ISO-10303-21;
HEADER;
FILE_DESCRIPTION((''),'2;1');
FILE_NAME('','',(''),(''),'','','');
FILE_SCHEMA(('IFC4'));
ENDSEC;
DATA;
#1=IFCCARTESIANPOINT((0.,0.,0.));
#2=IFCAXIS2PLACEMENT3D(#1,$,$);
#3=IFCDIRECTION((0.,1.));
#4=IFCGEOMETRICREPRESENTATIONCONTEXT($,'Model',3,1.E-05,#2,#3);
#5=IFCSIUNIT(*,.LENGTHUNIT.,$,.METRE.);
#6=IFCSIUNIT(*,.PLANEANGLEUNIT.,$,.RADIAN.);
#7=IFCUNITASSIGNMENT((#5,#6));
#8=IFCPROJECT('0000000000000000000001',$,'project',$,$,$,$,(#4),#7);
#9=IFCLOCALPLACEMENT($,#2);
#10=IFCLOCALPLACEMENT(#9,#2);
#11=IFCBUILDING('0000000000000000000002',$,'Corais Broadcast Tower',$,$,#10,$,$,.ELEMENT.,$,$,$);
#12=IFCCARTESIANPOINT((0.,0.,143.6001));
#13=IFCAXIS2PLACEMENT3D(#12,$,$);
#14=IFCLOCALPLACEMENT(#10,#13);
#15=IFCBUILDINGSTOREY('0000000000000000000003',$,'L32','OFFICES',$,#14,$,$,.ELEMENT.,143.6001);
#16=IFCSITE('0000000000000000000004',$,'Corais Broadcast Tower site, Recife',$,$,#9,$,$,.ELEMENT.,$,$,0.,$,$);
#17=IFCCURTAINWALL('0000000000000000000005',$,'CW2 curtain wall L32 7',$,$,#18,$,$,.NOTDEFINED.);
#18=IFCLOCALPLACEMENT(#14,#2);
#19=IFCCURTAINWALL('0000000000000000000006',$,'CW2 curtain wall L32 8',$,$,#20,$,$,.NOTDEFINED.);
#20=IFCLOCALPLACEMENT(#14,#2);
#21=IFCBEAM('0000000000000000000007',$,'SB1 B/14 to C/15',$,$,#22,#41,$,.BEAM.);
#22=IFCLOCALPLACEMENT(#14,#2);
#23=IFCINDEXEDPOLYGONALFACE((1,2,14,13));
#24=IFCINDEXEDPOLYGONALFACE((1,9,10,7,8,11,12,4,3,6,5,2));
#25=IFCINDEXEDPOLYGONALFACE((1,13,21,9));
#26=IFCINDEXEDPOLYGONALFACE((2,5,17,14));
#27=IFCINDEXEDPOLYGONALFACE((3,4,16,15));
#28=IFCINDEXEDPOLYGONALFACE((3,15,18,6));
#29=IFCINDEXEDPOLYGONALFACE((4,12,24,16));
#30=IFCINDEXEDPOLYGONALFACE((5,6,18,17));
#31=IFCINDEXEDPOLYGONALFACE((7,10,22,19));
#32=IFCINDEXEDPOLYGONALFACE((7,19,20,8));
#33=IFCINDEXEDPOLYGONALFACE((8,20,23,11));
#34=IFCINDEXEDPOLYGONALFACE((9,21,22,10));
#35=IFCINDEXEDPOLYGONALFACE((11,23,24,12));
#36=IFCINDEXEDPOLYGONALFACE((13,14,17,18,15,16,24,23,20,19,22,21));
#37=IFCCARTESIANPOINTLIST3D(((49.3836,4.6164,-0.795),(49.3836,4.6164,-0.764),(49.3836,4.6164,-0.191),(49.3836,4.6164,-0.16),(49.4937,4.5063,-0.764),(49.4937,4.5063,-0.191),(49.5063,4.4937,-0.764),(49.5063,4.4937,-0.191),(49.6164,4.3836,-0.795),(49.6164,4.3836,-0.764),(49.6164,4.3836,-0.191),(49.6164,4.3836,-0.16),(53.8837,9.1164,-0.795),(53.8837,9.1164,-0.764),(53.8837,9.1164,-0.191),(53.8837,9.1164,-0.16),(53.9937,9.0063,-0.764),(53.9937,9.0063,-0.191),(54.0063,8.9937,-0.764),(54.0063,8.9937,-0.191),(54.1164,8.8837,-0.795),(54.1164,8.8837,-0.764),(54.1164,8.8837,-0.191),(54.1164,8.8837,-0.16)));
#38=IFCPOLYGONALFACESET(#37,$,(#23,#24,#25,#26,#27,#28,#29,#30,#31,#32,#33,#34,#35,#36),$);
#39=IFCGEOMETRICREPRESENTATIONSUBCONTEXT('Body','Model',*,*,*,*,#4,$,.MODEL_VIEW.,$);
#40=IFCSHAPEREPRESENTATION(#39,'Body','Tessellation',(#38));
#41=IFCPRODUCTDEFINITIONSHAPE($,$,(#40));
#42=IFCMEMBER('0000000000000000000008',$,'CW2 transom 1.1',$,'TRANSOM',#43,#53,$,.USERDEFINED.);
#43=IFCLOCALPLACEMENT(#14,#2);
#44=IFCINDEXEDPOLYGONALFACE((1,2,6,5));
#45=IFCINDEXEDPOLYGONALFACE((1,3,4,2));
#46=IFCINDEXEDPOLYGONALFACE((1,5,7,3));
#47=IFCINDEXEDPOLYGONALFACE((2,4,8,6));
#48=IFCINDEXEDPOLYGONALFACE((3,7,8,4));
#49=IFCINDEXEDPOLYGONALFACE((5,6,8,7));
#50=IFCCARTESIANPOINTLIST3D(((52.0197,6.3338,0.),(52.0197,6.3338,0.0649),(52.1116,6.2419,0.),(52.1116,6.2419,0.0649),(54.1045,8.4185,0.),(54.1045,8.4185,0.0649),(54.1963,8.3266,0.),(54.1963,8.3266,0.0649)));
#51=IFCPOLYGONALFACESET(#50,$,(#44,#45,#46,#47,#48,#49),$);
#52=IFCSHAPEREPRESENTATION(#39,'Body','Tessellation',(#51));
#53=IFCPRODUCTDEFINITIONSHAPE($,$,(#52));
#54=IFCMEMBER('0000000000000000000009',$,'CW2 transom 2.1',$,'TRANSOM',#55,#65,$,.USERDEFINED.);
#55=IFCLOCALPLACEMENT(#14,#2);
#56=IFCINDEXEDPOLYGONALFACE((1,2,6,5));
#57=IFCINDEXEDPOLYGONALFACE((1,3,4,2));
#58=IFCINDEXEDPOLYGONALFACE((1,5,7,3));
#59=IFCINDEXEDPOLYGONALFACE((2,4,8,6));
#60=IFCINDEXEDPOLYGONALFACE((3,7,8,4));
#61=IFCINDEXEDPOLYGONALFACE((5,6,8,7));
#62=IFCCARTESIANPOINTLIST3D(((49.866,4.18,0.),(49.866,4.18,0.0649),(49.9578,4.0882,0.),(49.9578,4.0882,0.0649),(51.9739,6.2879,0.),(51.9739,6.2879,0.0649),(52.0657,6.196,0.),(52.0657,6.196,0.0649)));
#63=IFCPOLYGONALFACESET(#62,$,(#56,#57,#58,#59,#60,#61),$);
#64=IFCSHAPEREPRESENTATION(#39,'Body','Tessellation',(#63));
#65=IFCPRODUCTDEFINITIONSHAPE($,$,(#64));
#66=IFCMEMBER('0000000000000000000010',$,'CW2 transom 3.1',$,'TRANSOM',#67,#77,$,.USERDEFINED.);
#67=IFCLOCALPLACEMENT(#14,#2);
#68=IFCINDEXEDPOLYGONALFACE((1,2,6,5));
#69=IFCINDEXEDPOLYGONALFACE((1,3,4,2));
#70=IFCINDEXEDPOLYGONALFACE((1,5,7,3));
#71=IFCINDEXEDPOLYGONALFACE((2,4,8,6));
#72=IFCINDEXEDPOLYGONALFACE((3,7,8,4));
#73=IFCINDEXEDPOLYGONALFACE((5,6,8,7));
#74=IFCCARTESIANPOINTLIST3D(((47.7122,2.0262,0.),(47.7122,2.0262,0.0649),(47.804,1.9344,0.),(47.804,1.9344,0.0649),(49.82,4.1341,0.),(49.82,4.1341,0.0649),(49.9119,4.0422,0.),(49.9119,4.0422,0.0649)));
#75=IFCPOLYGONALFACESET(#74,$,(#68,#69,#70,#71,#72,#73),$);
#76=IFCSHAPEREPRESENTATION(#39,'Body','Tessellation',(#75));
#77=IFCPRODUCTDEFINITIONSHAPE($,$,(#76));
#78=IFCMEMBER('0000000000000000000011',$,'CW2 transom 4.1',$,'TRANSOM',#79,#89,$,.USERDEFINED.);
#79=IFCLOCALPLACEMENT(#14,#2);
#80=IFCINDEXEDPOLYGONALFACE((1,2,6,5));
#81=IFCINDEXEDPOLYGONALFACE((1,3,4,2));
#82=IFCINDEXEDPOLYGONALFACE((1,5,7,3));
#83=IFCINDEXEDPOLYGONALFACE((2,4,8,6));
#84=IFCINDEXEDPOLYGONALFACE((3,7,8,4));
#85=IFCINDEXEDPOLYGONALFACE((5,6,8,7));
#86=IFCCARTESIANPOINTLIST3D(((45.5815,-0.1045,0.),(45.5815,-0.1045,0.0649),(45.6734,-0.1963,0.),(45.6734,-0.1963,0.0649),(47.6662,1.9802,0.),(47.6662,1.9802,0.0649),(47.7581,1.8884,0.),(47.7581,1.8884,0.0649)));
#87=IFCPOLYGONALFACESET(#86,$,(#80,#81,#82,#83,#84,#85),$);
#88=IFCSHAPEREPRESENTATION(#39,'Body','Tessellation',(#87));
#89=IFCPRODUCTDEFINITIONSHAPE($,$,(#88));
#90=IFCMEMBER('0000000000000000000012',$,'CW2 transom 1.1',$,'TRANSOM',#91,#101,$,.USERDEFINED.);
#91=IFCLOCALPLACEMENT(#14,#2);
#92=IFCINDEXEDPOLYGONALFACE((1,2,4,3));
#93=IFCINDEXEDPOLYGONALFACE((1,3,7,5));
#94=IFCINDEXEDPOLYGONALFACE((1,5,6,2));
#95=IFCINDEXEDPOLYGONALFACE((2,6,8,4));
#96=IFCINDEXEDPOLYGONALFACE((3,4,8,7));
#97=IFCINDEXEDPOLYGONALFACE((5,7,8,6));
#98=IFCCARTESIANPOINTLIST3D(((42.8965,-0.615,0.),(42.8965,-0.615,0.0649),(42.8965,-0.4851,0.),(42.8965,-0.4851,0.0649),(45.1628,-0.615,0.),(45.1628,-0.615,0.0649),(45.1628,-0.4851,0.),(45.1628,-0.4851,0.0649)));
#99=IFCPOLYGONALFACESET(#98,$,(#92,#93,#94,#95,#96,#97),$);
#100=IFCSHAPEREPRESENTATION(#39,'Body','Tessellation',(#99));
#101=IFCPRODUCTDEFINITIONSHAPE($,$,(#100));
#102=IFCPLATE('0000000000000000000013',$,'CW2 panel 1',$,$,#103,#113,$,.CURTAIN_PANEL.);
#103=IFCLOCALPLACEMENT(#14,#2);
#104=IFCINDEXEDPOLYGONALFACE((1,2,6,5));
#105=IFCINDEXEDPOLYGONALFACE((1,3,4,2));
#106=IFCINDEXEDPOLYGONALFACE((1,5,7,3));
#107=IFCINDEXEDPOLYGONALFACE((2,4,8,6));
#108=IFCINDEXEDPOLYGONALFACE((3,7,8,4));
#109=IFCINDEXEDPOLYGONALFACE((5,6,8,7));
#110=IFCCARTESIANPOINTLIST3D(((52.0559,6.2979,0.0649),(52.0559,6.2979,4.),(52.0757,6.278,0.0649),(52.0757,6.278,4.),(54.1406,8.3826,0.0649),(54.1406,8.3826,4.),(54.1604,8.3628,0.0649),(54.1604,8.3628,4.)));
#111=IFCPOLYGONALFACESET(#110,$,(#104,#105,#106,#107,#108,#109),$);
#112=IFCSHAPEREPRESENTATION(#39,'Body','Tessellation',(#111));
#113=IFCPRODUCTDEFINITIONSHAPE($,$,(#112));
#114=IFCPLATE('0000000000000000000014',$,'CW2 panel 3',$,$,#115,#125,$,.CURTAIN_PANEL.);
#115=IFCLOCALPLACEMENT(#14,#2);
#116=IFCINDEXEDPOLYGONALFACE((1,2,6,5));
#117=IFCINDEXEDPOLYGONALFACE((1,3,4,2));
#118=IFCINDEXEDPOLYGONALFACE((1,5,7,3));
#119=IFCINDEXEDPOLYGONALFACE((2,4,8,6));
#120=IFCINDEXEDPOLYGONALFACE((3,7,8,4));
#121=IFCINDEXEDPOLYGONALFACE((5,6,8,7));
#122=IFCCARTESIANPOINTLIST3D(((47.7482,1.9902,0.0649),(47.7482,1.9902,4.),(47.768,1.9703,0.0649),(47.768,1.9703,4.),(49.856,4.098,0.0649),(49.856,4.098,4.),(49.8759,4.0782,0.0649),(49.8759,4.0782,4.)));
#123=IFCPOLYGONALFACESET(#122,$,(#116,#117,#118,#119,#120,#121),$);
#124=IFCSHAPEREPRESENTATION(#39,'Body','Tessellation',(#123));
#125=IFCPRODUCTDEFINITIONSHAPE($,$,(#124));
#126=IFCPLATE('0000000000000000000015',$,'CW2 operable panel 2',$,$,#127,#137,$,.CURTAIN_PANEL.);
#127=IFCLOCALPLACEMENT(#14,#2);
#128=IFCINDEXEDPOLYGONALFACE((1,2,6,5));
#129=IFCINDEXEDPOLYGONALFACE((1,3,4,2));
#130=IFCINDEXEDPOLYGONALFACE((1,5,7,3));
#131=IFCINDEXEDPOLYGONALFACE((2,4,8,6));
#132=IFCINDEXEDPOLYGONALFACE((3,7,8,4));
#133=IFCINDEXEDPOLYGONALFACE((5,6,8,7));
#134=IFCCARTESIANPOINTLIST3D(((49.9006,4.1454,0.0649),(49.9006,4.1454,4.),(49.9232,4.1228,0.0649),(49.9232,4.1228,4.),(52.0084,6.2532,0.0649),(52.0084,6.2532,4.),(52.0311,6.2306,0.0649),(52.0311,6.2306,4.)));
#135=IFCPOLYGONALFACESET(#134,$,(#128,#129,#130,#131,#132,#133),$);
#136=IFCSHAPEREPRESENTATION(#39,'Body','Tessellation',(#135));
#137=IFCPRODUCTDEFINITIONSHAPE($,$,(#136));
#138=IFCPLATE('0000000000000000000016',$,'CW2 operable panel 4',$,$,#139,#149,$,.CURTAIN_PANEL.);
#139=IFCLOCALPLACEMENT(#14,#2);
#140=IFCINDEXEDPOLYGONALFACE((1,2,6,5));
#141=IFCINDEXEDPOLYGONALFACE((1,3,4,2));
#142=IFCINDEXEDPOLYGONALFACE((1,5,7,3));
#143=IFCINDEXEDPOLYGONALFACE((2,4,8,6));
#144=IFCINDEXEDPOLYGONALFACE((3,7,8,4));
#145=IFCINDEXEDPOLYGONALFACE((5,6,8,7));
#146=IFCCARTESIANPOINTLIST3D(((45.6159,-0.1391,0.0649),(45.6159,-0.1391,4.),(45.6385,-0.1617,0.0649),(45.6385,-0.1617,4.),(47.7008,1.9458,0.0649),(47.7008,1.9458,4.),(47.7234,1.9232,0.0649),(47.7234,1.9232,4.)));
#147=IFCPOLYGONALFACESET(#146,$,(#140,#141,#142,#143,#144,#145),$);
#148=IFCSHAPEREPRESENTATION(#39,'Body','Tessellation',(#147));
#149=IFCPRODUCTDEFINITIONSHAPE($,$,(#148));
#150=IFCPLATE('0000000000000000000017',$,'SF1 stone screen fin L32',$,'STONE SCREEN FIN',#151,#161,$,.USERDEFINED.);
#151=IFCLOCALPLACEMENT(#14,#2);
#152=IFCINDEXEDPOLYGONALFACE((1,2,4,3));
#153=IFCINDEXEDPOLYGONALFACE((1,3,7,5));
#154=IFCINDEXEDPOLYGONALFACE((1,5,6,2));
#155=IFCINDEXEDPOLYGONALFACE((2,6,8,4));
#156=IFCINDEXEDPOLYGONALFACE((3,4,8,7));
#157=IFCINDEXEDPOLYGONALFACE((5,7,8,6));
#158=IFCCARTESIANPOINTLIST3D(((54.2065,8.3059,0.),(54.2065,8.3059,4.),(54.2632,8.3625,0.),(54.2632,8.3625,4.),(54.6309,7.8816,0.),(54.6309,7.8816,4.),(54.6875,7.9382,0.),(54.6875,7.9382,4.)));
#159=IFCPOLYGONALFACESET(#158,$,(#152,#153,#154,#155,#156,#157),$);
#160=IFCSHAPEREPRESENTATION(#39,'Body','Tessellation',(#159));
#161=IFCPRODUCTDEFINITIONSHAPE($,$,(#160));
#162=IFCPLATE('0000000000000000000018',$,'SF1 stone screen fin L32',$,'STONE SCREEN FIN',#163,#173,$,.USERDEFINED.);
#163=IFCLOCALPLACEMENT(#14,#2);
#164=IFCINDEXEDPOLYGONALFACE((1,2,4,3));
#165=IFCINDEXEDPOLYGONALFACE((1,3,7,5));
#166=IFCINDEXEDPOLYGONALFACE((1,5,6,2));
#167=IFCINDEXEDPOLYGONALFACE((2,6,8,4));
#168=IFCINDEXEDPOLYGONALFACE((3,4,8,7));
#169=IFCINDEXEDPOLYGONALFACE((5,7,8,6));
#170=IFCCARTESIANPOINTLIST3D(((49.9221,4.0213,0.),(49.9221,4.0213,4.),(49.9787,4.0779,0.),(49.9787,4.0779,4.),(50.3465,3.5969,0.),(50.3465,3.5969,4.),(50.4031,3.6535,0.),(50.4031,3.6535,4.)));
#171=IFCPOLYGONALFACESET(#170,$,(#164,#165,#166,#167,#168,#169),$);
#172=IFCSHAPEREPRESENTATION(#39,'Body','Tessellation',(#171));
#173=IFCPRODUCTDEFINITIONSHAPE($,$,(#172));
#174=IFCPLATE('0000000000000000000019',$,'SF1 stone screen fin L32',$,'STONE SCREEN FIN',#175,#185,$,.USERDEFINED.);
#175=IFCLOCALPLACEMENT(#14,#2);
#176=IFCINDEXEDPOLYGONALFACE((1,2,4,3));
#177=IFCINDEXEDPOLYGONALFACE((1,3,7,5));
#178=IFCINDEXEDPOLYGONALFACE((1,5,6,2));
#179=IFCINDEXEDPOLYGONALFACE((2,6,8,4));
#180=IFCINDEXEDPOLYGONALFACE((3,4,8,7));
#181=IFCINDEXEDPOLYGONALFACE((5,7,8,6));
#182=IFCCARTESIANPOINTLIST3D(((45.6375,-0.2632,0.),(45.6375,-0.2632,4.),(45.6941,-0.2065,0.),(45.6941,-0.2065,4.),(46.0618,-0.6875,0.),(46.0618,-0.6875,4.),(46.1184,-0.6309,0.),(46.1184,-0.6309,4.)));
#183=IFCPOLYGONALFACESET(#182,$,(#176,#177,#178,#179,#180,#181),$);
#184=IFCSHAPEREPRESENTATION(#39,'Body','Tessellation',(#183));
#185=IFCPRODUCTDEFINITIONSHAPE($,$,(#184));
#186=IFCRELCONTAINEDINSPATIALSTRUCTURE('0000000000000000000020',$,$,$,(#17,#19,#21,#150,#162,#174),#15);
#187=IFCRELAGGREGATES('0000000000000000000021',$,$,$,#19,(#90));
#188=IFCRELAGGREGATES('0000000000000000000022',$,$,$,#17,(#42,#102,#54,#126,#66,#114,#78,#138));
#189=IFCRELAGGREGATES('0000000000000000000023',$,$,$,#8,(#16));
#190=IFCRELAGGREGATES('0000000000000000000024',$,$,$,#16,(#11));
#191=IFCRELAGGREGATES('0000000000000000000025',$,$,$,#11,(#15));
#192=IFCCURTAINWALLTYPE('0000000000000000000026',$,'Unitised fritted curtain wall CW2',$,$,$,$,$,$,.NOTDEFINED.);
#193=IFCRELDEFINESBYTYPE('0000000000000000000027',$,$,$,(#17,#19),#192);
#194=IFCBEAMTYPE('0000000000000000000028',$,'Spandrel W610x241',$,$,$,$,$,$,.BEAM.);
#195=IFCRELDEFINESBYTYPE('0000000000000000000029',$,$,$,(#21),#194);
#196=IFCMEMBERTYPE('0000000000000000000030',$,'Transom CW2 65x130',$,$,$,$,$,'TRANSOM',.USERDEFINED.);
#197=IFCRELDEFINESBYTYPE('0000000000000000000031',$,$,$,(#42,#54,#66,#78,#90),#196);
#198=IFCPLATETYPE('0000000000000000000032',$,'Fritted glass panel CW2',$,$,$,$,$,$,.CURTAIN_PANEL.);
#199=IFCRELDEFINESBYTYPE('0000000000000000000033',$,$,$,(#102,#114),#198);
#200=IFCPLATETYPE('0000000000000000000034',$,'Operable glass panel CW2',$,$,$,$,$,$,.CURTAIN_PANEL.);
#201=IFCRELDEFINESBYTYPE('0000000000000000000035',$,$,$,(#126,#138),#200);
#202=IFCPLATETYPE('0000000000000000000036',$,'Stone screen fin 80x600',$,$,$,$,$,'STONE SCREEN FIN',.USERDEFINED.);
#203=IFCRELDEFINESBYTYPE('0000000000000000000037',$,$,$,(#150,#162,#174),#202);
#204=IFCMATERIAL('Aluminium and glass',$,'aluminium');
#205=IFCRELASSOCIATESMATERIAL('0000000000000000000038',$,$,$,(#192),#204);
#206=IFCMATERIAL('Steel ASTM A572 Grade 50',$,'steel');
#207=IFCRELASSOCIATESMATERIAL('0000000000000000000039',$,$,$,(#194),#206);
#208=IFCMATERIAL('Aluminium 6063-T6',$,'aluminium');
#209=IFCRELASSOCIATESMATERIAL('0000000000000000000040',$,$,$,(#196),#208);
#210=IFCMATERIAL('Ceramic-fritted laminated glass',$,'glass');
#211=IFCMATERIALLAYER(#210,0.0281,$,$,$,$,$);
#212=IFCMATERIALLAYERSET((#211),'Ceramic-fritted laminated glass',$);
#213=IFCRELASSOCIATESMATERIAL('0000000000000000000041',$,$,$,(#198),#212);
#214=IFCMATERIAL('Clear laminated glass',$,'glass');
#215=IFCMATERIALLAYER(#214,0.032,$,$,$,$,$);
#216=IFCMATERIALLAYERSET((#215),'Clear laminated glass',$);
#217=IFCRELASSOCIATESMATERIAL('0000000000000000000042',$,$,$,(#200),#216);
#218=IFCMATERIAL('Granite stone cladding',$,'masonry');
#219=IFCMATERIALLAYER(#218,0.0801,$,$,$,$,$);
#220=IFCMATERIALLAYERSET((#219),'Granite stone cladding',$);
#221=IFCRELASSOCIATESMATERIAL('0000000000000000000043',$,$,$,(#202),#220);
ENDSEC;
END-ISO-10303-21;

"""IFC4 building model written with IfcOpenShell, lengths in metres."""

from ifc_helpers import new_model, si_unit, direction, frame, origin, origin_2d, place, context, subcontext, project, spatial, rectangle, i_section, extrude, material, layer, layer_set, material_profile, profile_set, type_object, element, aggregate, save


model = new_model("IFC4")

# Units and contexts
model_context = context("Model", 3, precision=1e-05, world=origin(), true_north=direction((0.0, 1.0)))
body_context = subcontext(model_context, "Body", "Model", "MODEL_VIEW")
ifc_project = project(units=[si_unit("LENGTHUNIT", "METRE"), si_unit("PLANEANGLEUNIT", "RADIAN")], contexts=[model_context])

# Site, building, storey
site_placement = place(None, origin())
site = spatial("IfcSite", under=ifc_project, at=site_placement, Name="Corais Broadcast Tower site, Recife", CompositionType="ELEMENT", RefElevation=0.0)
building_placement = place(site_placement, origin())
building = spatial("IfcBuilding", under=site, at=building_placement, Name="Corais Broadcast Tower", CompositionType="ELEMENT")
storey_placement = place(building_placement, frame((0.0, 0.0, 143.6001)))
storey = spatial("IfcBuildingStorey", under=building, at=storey_placement, Name="L32", Description="OFFICES", CompositionType="ELEMENT", Elevation=143.6001)

# Shared definitions
ifc_material_1 = material(Name="Aluminium and glass", Category="aluminium")
curtain_wall_type = type_object("IfcCurtainWallType", Name="Unitised fritted curtain wall CW2", PredefinedType="NOTDEFINED", material=ifc_material_1)

# Curtain wall
curtain_wall_1_placement = place(storey_placement, origin())
curtain_wall_1 = element("IfcCurtainWall", 1, at=curtain_wall_1_placement, inside=storey, type_object=curtain_wall_type, Name="CW2 curtain wall L32 7", PredefinedType="NOTDEFINED")

# Curtain wall
curtain_wall_2_placement = place(storey_placement, origin())
curtain_wall_2 = element("IfcCurtainWall", 2, at=curtain_wall_2_placement, inside=storey, type_object=curtain_wall_type, Name="CW2 curtain wall L32 8", PredefinedType="NOTDEFINED")

# Beam
ifc_material_2 = material(Name="Steel ASTM A572 Grade 50", Category="steel")
ifc_material_profile_1 = material_profile(ifc_material_2, i_section(OverallWidth=0.3291, OverallDepth=0.635, WebThickness=0.0178, FlangeThickness=0.031, at=origin_2d()), Name="W610x241")
ifc_profile_set_1 = profile_set([ifc_material_profile_1], Name="Steel ASTM A572 Grade 50")
beam_type_1 = type_object("IfcBeamType", Name="Spandrel W610x241", PredefinedType="BEAM", material=ifc_profile_set_1)
for number, where, z_axis, x_axis, name in (
    (3, (49.5, 4.5, -0.4775), (0.707107, 0.707107, 0.0), (-0.707107, 0.707107, 0.0), "SB1 B/14 to C/15"),
):
    element("IfcBeam", number, at=place(storey_placement, frame(where, z_axis=z_axis, x_axis=x_axis)), inside=storey, type_object=beam_type_1, Name=name, PredefinedType="BEAM", context=body_context, shape_type="SweptSolid", body=[
        extrude(i_section(OverallWidth=0.3291, OverallDepth=0.635, WebThickness=0.0178, FlangeThickness=0.031, at=origin_2d()), origin(), (0.0, 0.0, 1.0), 6.364),
    ])

# Members
ifc_material_3 = material(Name="Aluminium 6063-T6", Category="aluminium")
ifc_material_profile_2 = material_profile(ifc_material_3, rectangle(XDim=0.1299, YDim=0.0649, at=origin_2d()), Name="Transom CW2 65x130")
ifc_profile_set_2 = profile_set([ifc_material_profile_2], Name="Aluminium 6063-T6")
member_type_1 = type_object("IfcMemberType", Name="Transom CW2 65x130", ElementType="TRANSOM", PredefinedType="USERDEFINED", material=ifc_profile_set_2)
member_1_placement = place(storey_placement, frame((54.1504, 8.3726, 0.0325), z_axis=(-0.707107, -0.707107, 0.0), x_axis=(0.707107, -0.707107, 0.0)))
member_1 = element("IfcMember", 4, at=member_1_placement, type_object=member_type_1, Name="CW2 transom 1.1", ObjectType="TRANSOM", PredefinedType="USERDEFINED", context=body_context, shape_type="SweptSolid", body=[
    extrude(rectangle(XDim=0.1299, YDim=0.0649, at=origin_2d()), origin(), (0.0, 0.0, 1.0), 2.9482),
])
member_2_placement = place(storey_placement, frame((52.0198, 6.2419, 0.0325), z_axis=(-0.707107, -0.707107, 0.0), x_axis=(0.707107, -0.707107, 0.0)))
member_2 = element("IfcMember", 5, at=member_2_placement, type_object=member_type_1, Name="CW2 transom 2.1", ObjectType="TRANSOM", PredefinedType="USERDEFINED", context=body_context, shape_type="SweptSolid", body=[
    extrude(rectangle(XDim=0.1299, YDim=0.0649, at=origin_2d()), origin(), (0.0, 0.0, 1.0), 2.981),
])
member_3_placement = place(storey_placement, frame((49.866, 4.0881, 0.0325), z_axis=(-0.707107, -0.707107, 0.0), x_axis=(0.707107, -0.707107, 0.0)))
member_3 = element("IfcMember", 6, at=member_3_placement, type_object=member_type_1, Name="CW2 transom 3.1", ObjectType="TRANSOM", PredefinedType="USERDEFINED", context=body_context, shape_type="SweptSolid", body=[
    extrude(rectangle(XDim=0.1299, YDim=0.0649, at=origin_2d()), origin(), (0.0, 0.0, 1.0), 2.981),
])
member_4_placement = place(storey_placement, frame((47.7122, 1.9343, 0.0325), z_axis=(-0.707107, -0.707107, 0.0), x_axis=(0.707107, -0.707107, 0.0)))
member_4 = element("IfcMember", 7, at=member_4_placement, type_object=member_type_1, Name="CW2 transom 4.1", ObjectType="TRANSOM", PredefinedType="USERDEFINED", context=body_context, shape_type="SweptSolid", body=[
    extrude(rectangle(XDim=0.1299, YDim=0.0649, at=origin_2d()), origin(), (0.0, 0.0, 1.0), 2.9482),
])
member_5_placement = place(storey_placement, frame((45.1628, -0.55, 0.0325), z_axis=(-1.0, 0.0, 0.0), x_axis=(0.0, -1.0, 0.0)))
member_5 = element("IfcMember", 8, at=member_5_placement, type_object=member_type_1, Name="CW2 transom 1.1", ObjectType="TRANSOM", PredefinedType="USERDEFINED", context=body_context, shape_type="SweptSolid", body=[
    extrude(rectangle(XDim=0.1299, YDim=0.0649, at=origin_2d()), origin(), (0.0, 0.0, 1.0), 2.2664),
])
aggregate(curtain_wall_2, [member_5])

# Plates
ifc_material_4 = material(Name="Ceramic-fritted laminated glass", Category="glass")
ifc_layer_1 = layer(ifc_material_4, 0.0281)
ifc_layer_set_1 = layer_set([ifc_layer_1], Name="Ceramic-fritted laminated glass")
plate_type_1 = type_object("IfcPlateType", Name="Fritted glass panel CW2", PredefinedType="CURTAIN_PANEL", material=ifc_layer_set_1)
plate_1_placement = place(storey_placement, frame((53.1082, 7.3303, 0.0649), z_axis=(0.0, 0.0, 1.0), x_axis=(-0.707107, -0.707107, 0.0)))
plate_1 = element("IfcPlate", 9, at=plate_1_placement, type_object=plate_type_1, Name="CW2 panel 1", PredefinedType="CURTAIN_PANEL", context=body_context, shape_type="SweptSolid", body=[
    extrude(rectangle(XDim=2.9482, YDim=0.0281, at=origin_2d()), origin(), (0.0, 0.0, 1.0), 3.9351),
])
plate_2_placement = place(storey_placement, frame((48.812, 3.0342, 0.0649), z_axis=(0.0, 0.0, 1.0), x_axis=(-0.707107, -0.707107, 0.0)))
plate_2 = element("IfcPlate", 10, at=plate_2_placement, type_object=plate_type_1, Name="CW2 panel 3", PredefinedType="CURTAIN_PANEL", context=body_context, shape_type="SweptSolid", body=[
    extrude(rectangle(XDim=2.981, YDim=0.0281, at=origin_2d()), origin(), (0.0, 0.0, 1.0), 3.9351),
])
ifc_material_5 = material(Name="Clear laminated glass", Category="glass")
ifc_layer_2 = layer(ifc_material_5, 0.032)
ifc_layer_set_2 = layer_set([ifc_layer_2], Name="Clear laminated glass")
plate_type_2 = type_object("IfcPlateType", Name="Operable glass panel CW2", PredefinedType="CURTAIN_PANEL", material=ifc_layer_set_2)
plate_3_placement = place(storey_placement, frame((50.9658, 5.188, 0.0649), z_axis=(0.0, 0.0, 1.0), x_axis=(-0.707107, -0.707107, 0.0)))
plate_3 = element("IfcPlate", 11, at=plate_3_placement, type_object=plate_type_2, Name="CW2 operable panel 2", PredefinedType="CURTAIN_PANEL", context=body_context, shape_type="SweptSolid", body=[
    extrude(rectangle(XDim=2.981, YDim=0.032, at=origin_2d()), origin(), (0.0, 0.0, 1.0), 3.9351),
])
plate_4_placement = place(storey_placement, frame((46.6697, 0.8921, 0.0649), z_axis=(0.0, 0.0, 1.0), x_axis=(-0.707107, -0.707107, 0.0)))
plate_4 = element("IfcPlate", 12, at=plate_4_placement, type_object=plate_type_2, Name="CW2 operable panel 4", PredefinedType="CURTAIN_PANEL", context=body_context, shape_type="SweptSolid", body=[
    extrude(rectangle(XDim=2.9485, YDim=0.032, at=origin_2d()), origin(), (0.0, 0.0, 1.0), 3.9351),
])
aggregate(curtain_wall_1, [member_1, plate_1, member_2, plate_3, member_3, plate_2, member_4, plate_4])

# Plates
ifc_material_6 = material(Name="Granite stone cladding", Category="masonry")
ifc_layer_3 = layer(ifc_material_6, 0.0801)
ifc_layer_set_3 = layer_set([ifc_layer_3], Name="Granite stone cladding")
plate_type_3 = type_object("IfcPlateType", Name="Stone screen fin 80x600", ElementType="STONE SCREEN FIN", PredefinedType="USERDEFINED", material=ifc_layer_set_3)
for number, where, z_axis, x_axis, name in (
    (13, (54.447, 8.1221, 0.0), (0.0, 0.0, 1.0), (-0.707107, -0.707107, 0.0), "SF1 stone screen fin L32"),
    (14, (50.1626, 3.8374, 0.0), (0.0, 0.0, 1.0), (-0.707107, -0.707107, 0.0), "SF1 stone screen fin L32"),
    (15, (45.8779, -0.447, 0.0), (0.0, 0.0, 1.0), (-0.707107, -0.707107, 0.0), "SF1 stone screen fin L32"),
):
    element("IfcPlate", number, at=place(storey_placement, frame(where, z_axis=z_axis, x_axis=x_axis)), inside=storey, type_object=plate_type_3, Name=name, ObjectType="STONE SCREEN FIN", PredefinedType="USERDEFINED", context=body_context, shape_type="SweptSolid", body=[
        extrude(rectangle(XDim=0.0801, YDim=0.6001, at=origin_2d()), origin(), (0.0, 0.0, 1.0), 4.0),
    ])

save(model, "model.ifc")
